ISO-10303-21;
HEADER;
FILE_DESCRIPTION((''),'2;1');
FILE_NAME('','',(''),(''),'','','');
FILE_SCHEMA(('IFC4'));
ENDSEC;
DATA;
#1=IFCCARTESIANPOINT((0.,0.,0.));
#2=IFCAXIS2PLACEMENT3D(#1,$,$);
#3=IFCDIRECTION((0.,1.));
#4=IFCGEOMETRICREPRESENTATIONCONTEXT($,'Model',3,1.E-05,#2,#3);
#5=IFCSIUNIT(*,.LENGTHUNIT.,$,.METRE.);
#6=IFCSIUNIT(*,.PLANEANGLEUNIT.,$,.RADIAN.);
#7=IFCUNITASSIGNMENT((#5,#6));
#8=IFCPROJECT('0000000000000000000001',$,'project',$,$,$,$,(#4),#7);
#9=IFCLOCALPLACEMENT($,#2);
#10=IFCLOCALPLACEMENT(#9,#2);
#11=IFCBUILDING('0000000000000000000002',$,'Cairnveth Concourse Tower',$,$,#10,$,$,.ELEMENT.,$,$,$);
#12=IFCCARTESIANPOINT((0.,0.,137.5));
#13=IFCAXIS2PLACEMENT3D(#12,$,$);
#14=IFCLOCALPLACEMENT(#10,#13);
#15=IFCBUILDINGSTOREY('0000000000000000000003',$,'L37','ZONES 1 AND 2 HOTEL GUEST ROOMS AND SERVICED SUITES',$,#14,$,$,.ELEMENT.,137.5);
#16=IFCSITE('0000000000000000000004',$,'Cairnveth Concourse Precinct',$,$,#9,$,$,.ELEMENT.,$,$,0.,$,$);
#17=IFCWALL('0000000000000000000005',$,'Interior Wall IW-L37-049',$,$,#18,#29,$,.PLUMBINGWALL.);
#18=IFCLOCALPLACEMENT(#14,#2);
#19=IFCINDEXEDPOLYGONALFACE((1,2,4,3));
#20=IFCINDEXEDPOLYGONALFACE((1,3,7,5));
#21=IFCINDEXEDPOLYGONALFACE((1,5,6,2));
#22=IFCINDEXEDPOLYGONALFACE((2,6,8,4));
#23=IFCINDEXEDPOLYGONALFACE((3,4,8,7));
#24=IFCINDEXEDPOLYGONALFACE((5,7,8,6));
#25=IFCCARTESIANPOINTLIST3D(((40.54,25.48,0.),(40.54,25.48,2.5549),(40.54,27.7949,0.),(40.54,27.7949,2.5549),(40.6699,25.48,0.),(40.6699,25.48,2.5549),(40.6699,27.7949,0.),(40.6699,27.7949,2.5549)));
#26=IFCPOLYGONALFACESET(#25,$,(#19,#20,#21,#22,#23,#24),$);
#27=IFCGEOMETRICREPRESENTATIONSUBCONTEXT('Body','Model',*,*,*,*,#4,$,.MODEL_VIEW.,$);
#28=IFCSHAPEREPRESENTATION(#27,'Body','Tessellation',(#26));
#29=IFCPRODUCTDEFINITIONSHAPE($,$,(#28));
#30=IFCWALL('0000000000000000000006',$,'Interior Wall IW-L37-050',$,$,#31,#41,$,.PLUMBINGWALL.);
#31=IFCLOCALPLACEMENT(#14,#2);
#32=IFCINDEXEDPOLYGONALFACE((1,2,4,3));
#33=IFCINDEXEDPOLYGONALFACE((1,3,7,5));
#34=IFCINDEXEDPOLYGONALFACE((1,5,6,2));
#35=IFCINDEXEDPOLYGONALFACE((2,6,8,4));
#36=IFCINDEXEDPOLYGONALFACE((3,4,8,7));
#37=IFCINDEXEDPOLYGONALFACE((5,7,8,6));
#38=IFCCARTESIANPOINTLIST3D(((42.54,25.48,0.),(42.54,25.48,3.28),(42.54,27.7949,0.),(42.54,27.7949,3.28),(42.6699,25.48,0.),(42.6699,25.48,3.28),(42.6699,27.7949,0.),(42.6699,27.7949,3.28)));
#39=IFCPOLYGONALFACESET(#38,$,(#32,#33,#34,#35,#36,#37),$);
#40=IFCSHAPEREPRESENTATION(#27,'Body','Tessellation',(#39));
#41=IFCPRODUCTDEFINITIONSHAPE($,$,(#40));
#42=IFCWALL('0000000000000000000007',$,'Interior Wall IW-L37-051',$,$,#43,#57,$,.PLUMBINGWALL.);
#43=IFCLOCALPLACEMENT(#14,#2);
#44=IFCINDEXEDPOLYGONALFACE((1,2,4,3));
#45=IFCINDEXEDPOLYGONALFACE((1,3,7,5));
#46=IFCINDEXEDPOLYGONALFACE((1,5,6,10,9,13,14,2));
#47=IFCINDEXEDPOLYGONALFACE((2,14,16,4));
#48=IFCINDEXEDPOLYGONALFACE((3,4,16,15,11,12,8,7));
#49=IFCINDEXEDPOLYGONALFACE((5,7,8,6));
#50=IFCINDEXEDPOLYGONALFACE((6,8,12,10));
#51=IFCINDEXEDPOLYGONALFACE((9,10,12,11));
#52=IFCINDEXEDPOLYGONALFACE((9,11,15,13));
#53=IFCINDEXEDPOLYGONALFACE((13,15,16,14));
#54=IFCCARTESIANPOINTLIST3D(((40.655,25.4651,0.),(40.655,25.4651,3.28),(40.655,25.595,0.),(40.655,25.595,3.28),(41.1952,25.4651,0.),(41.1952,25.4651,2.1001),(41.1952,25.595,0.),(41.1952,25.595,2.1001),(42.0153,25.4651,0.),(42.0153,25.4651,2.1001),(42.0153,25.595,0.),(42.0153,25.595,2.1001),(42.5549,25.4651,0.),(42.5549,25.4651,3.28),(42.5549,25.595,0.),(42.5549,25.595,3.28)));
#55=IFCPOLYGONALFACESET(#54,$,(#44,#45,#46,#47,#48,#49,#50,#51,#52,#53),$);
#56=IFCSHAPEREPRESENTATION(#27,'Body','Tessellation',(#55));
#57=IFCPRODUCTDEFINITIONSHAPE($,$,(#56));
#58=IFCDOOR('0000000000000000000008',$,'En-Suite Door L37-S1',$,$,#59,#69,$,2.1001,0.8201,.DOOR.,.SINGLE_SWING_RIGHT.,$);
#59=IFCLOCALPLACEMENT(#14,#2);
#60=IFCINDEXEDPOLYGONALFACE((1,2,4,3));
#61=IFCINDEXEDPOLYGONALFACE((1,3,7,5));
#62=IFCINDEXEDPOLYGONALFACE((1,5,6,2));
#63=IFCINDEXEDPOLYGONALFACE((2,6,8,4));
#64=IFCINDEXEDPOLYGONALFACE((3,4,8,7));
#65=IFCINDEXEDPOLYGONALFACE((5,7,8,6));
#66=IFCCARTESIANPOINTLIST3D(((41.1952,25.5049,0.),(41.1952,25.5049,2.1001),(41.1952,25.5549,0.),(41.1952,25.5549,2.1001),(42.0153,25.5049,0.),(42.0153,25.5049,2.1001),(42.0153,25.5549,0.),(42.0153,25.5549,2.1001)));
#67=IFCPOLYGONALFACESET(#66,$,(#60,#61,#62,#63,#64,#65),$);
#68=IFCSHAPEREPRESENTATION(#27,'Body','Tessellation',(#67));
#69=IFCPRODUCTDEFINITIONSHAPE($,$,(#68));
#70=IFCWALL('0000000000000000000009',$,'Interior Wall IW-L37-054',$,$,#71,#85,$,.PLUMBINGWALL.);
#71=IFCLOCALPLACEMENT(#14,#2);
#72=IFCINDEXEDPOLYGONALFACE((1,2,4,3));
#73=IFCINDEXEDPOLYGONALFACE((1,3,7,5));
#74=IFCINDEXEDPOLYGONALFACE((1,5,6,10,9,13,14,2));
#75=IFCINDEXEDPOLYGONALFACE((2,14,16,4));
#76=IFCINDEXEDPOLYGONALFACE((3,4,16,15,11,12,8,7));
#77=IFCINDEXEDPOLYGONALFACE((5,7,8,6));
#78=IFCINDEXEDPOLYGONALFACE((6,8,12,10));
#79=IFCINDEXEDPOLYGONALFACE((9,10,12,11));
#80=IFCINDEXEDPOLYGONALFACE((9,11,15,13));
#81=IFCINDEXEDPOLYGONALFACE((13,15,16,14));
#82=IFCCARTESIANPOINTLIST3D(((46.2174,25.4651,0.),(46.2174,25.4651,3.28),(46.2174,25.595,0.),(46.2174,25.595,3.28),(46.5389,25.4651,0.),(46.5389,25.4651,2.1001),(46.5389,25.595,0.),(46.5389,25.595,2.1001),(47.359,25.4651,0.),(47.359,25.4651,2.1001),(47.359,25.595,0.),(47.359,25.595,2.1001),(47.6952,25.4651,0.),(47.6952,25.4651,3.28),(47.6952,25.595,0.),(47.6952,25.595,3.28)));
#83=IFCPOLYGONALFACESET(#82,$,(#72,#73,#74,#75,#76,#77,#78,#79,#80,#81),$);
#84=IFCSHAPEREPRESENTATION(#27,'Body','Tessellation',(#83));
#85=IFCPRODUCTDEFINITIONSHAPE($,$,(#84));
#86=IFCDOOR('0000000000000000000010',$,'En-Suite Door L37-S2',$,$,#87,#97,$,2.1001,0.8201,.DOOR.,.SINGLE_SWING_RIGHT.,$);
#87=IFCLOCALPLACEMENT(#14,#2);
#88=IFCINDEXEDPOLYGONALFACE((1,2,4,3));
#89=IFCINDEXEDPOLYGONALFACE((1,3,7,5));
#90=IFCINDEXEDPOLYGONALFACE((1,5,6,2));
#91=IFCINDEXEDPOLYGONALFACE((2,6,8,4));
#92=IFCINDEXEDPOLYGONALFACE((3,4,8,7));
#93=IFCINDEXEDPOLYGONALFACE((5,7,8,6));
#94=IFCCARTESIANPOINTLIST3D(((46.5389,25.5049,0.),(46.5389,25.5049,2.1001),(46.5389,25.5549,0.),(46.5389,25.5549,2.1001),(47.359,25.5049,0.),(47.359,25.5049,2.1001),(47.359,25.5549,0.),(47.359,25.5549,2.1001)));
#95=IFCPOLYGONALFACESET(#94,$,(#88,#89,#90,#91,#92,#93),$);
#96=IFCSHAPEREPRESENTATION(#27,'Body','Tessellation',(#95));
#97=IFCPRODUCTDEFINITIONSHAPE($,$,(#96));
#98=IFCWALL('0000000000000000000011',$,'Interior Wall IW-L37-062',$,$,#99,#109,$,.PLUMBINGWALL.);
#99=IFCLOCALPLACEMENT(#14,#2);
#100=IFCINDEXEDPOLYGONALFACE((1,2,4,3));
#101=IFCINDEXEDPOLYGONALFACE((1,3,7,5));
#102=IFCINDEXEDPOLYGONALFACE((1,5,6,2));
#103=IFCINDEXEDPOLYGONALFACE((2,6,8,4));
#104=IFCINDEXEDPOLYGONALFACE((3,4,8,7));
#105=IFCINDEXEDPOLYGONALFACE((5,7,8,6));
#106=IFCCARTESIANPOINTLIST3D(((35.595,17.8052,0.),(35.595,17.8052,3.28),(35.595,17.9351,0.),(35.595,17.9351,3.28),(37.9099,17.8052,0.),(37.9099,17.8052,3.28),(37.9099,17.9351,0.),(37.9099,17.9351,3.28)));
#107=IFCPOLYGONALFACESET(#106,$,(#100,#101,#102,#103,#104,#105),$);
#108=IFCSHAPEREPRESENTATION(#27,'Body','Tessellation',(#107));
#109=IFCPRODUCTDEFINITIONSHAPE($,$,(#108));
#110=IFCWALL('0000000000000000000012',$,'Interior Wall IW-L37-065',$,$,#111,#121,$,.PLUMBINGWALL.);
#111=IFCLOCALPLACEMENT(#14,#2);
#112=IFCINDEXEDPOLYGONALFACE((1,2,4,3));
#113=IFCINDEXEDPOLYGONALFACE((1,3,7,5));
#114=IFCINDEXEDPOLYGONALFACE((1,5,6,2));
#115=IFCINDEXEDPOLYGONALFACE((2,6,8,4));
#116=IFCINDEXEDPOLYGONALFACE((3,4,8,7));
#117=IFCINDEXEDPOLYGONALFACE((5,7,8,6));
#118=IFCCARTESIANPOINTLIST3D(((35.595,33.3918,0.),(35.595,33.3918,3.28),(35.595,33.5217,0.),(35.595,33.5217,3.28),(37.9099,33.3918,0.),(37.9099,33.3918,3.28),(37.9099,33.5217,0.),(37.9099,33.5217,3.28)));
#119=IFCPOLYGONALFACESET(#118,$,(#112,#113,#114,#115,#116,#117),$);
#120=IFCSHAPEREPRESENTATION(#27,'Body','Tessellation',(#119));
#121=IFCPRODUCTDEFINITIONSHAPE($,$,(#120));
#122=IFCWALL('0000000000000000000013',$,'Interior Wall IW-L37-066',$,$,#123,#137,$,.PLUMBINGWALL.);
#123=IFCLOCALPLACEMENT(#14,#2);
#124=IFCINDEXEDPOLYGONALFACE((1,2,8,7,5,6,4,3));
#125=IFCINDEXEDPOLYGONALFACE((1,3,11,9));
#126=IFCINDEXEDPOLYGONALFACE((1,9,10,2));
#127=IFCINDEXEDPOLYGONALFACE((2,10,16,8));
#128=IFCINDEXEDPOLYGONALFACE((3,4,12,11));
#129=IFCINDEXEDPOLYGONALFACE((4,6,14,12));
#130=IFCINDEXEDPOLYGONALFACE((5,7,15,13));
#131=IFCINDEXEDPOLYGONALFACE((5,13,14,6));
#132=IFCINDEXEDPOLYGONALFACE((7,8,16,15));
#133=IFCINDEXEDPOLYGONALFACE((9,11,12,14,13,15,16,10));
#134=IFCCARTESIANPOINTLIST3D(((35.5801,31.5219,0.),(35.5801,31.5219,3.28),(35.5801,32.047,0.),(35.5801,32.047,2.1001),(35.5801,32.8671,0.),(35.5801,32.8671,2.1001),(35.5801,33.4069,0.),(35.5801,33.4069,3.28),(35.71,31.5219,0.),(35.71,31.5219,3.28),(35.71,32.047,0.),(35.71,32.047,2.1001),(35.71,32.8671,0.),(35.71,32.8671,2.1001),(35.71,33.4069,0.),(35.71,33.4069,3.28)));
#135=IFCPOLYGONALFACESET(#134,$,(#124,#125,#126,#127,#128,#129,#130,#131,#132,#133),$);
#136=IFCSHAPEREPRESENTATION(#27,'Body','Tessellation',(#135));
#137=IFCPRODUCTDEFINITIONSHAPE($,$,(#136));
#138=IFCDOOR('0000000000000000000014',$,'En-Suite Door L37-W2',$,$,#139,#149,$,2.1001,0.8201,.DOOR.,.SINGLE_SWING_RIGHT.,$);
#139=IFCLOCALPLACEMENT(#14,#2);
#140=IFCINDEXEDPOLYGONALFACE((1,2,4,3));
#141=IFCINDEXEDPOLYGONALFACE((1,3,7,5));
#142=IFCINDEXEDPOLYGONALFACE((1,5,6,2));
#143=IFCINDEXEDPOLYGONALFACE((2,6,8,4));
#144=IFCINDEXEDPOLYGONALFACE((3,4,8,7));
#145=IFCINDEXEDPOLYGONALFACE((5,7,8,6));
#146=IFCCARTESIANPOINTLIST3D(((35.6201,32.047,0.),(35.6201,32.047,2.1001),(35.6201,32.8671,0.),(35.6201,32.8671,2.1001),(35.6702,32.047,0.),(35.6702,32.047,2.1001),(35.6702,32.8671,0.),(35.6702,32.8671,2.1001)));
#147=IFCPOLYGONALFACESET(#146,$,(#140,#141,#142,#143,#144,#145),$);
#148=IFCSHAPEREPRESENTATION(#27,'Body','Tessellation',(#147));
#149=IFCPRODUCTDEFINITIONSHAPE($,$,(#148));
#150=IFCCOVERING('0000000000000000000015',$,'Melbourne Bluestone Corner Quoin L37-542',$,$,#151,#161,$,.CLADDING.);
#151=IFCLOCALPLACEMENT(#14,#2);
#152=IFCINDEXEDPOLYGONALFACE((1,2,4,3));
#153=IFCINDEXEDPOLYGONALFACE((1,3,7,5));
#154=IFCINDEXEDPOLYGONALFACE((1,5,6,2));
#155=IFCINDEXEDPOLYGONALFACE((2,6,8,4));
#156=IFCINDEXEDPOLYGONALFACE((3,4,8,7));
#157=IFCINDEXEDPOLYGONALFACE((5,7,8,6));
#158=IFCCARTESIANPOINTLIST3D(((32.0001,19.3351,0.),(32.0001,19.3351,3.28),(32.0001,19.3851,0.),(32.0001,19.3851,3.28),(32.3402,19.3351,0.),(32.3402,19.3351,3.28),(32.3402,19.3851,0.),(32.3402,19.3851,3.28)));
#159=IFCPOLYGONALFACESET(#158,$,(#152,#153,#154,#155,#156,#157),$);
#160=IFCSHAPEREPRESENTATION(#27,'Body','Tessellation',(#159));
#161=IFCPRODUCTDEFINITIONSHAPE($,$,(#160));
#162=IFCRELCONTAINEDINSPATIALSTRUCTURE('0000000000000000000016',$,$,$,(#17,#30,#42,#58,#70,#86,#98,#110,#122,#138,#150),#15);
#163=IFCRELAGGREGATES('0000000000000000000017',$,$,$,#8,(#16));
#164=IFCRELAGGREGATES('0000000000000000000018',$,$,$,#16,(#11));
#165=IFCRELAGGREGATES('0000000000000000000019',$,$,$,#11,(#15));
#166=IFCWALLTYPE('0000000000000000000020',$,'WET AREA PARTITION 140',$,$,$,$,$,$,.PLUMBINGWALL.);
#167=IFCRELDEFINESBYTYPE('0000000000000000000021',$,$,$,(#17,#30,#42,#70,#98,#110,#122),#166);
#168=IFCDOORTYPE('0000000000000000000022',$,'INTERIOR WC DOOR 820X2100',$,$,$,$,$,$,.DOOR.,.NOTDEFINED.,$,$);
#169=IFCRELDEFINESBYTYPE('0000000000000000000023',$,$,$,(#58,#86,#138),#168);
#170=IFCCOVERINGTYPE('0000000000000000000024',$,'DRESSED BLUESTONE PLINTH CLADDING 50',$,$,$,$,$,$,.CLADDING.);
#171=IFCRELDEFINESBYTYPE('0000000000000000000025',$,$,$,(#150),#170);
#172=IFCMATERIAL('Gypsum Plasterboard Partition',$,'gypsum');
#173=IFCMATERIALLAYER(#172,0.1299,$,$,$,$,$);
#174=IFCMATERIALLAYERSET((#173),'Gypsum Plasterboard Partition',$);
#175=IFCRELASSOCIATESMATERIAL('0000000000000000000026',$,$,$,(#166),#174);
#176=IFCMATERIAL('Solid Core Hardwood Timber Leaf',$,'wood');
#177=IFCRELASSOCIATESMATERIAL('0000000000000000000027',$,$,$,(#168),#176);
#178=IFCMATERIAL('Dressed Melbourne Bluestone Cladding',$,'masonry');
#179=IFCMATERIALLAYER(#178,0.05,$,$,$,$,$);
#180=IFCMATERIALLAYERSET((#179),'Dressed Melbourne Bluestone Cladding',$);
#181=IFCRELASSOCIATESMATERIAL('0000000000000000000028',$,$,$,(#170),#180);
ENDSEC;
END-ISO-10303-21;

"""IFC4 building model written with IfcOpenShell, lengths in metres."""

from ifc_helpers import new_model, si_unit, direction, frame, frame_2d, origin, place, context, subcontext, project, spatial, rectangle, extrude, material, layer, layer_set, type_object, element, fill, save


model = new_model("IFC4")

# Units and contexts
model_context = context("Model", 3, precision=1e-05, world=origin(), true_north=direction((0.0, 1.0)))
body_context = subcontext(model_context, "Body", "Model", "MODEL_VIEW")
ifc_project = project(units=[si_unit("LENGTHUNIT", "METRE"), si_unit("PLANEANGLEUNIT", "RADIAN")], contexts=[model_context])

# Site, building, storey
site_placement = place(None, origin())
site = spatial("IfcSite", under=ifc_project, at=site_placement, Name="Cairnveth Concourse Precinct", CompositionType="ELEMENT", RefElevation=0.0)
building_placement = place(site_placement, origin())
building = spatial("IfcBuilding", under=site, at=building_placement, Name="Cairnveth Concourse Tower", CompositionType="ELEMENT")
storey_placement = place(building_placement, frame((0.0, 0.0, 137.5)))
storey = spatial("IfcBuildingStorey", under=building, at=storey_placement, Name="L37", Description="ZONES 1 AND 2 HOTEL GUEST ROOMS AND SERVICED SUITES", CompositionType="ELEMENT", Elevation=137.5)

# Shared definitions
ifc_material_1 = material(Name="Gypsum Plasterboard Partition", Category="gypsum")

# Shared definitions
ifc_material_2 = material(Name="Solid Core Hardwood Timber Leaf", Category="wood")

# Walls
ifc_layer_1 = layer(ifc_material_1, 0.1299)
ifc_layer_set_1 = layer_set([ifc_layer_1], Name="Gypsum Plasterboard Partition")
wall_type_1 = type_object("IfcWallType", Name="WET AREA PARTITION 140", PredefinedType="PLUMBINGWALL", material=ifc_layer_set_1)
wall_1_placement = place(storey_placement, frame((40.605, 25.48, 0.0), z_axis=(0.0, 0.0, 1.0), x_axis=(0.0, 1.0, 0.0)))
element("IfcWall", 1, at=wall_1_placement, inside=storey, type_object=wall_type_1, Name="Interior Wall IW-L37-049", PredefinedType="PLUMBINGWALL", context=body_context, shape_type="SweptSolid", body=[
    extrude(rectangle(XDim=2.3149, YDim=0.1299, at=frame_2d((1.1575, 0.0))), origin(), (0.0, 0.0, 1.0), 2.5549),
])
wall_2_placement = place(storey_placement, frame((42.605, 25.48, 0.0), z_axis=(0.0, 0.0, 1.0), x_axis=(0.0, 1.0, 0.0)))
element("IfcWall", 2, at=wall_2_placement, inside=storey, type_object=wall_type_1, Name="Interior Wall IW-L37-050", PredefinedType="PLUMBINGWALL", context=body_context, shape_type="SweptSolid", body=[
    extrude(rectangle(XDim=2.3149, YDim=0.1299, at=frame_2d((1.1575, 0.0))), origin(), (0.0, 0.0, 1.0), 3.28),
])

# Walls, openings, doors
wall_3_placement = place(storey_placement, frame((40.655, 25.53, 0.0), z_axis=(0.0, 0.0, 1.0), x_axis=(1.0, 0.0, 0.0)))
wall_3 = element("IfcWall", 3, at=wall_3_placement, inside=storey, type_object=wall_type_1, Name="Interior Wall IW-L37-051", PredefinedType="PLUMBINGWALL", context=body_context, shape_type="SweptSolid", body=[
    extrude(rectangle(XDim=1.8999, YDim=0.1299, at=frame_2d((0.95, 0.0))), origin(), (0.0, 0.0, 1.0), 3.28),
])
opening_1_placement = place(wall_3_placement, frame((0.54, 0.0, 0.0)))
opening_1 = element("IfcOpeningElement", 4, at=opening_1_placement, cuts=wall_3, PredefinedType="OPENING", context=body_context, shape_type="SweptSolid", body=[
    extrude(rectangle(XDim=0.8201, YDim=2.1001, at=frame_2d((0.4102, 1.05))), frame((0.0, 0.075, 0.0), z_axis=(0.0, -1.0, 0.0), x_axis=(1.0, 0.0, 0.0)), (0.0, 0.0, 1.0), 0.1499),
])
door_type_1 = type_object("IfcDoorType", Name="INTERIOR WC DOOR 820X2100", OperationType="NOTDEFINED", PredefinedType="DOOR", material=ifc_material_2)
door_1_placement = place(opening_1_placement, origin())
door_1 = element("IfcDoor", 5, at=door_1_placement, inside=storey, type_object=door_type_1, Name="En-Suite Door L37-S1", OperationType="SINGLE_SWING_RIGHT", OverallHeight=2.1001, OverallWidth=0.8201, PredefinedType="DOOR", context=body_context, shape_type="SweptSolid", body=[
    extrude(rectangle(XDim=0.8201, YDim=2.1001, at=frame_2d((0.4102, 1.05))), frame((0.0, 0.0249, 0.0), z_axis=(0.0, -1.0, 0.0), x_axis=(1.0, 0.0, 0.0)), (0.0, 0.0, 1.0), 0.05),
])
fill(opening_1, door_1)
wall_4_placement = place(storey_placement, frame((46.2175, 25.53, 0.0), z_axis=(0.0, 0.0, 1.0), x_axis=(1.0, 0.0, 0.0)))
wall_4 = element("IfcWall", 6, at=wall_4_placement, inside=storey, type_object=wall_type_1, Name="Interior Wall IW-L37-054", PredefinedType="PLUMBINGWALL", context=body_context, shape_type="SweptSolid", body=[
    extrude(rectangle(XDim=1.4778, YDim=0.1299, at=frame_2d((0.7388, 0.0))), origin(), (0.0, 0.0, 1.0), 3.28),
])
opening_2_placement = place(wall_4_placement, frame((0.3213, 0.0, 0.0)))
opening_2 = element("IfcOpeningElement", 7, at=opening_2_placement, cuts=wall_4, PredefinedType="OPENING", context=body_context, shape_type="SweptSolid", body=[
    extrude(rectangle(XDim=0.8201, YDim=2.1001, at=frame_2d((0.4102, 1.05))), frame((0.0, 0.075, 0.0), z_axis=(0.0, -1.0, 0.0), x_axis=(1.0, 0.0, 0.0)), (0.0, 0.0, 1.0), 0.1499),
])
door_2_placement = place(opening_2_placement, origin())
door_2 = element("IfcDoor", 8, at=door_2_placement, inside=storey, type_object=door_type_1, Name="En-Suite Door L37-S2", OperationType="SINGLE_SWING_RIGHT", OverallHeight=2.1001, OverallWidth=0.8201, PredefinedType="DOOR", context=body_context, shape_type="SweptSolid", body=[
    extrude(rectangle(XDim=0.8201, YDim=2.1001, at=frame_2d((0.4102, 1.05))), frame((0.0, 0.0249, 0.0), z_axis=(0.0, -1.0, 0.0), x_axis=(1.0, 0.0, 0.0)), (0.0, 0.0, 1.0), 0.05),
])
fill(opening_2, door_2)

# Walls
for number, where, z_axis, x_axis, name in (
    (9, (35.595, 17.8701, 0.0), (0.0, 0.0, 1.0), (1.0, 0.0, 0.0), "Interior Wall IW-L37-062"),
    (10, (35.595, 33.4568, 0.0), (0.0, 0.0, 1.0), (1.0, 0.0, 0.0), "Interior Wall IW-L37-065"),
):
    element("IfcWall", number, at=place(storey_placement, frame(where, z_axis=z_axis, x_axis=x_axis)), inside=storey, type_object=wall_type_1, Name=name, PredefinedType="PLUMBINGWALL", context=body_context, shape_type="SweptSolid", body=[
        extrude(rectangle(XDim=2.3149, YDim=0.1299, at=frame_2d((1.1575, 0.0))), origin(), (0.0, 0.0, 1.0), 3.28),
    ])

# Wall, opening, door
wall_5_placement = place(storey_placement, frame((35.645, 31.522, 0.0), z_axis=(0.0, 0.0, 1.0), x_axis=(0.0, 1.0, 0.0)))
wall_5 = element("IfcWall", 11, at=wall_5_placement, inside=storey, type_object=wall_type_1, Name="Interior Wall IW-L37-066", PredefinedType="PLUMBINGWALL", context=body_context, shape_type="SweptSolid", body=[
    extrude(rectangle(XDim=1.885, YDim=0.1299, at=frame_2d((0.9424, 0.0))), origin(), (0.0, 0.0, 1.0), 3.28),
])
opening_3_placement = place(wall_5_placement, frame((0.5249, 0.0, 0.0)))
opening_3 = element("IfcOpeningElement", 12, at=opening_3_placement, cuts=wall_5, PredefinedType="OPENING", context=body_context, shape_type="SweptSolid", body=[
    extrude(rectangle(XDim=0.8201, YDim=2.1001, at=frame_2d((0.4102, 1.05))), frame((0.0, 0.075, 0.0), z_axis=(0.0, -1.0, 0.0), x_axis=(1.0, 0.0, 0.0)), (0.0, 0.0, 1.0), 0.1499),
])
door_3_placement = place(opening_3_placement, origin())
door_3 = element("IfcDoor", 13, at=door_3_placement, inside=storey, type_object=door_type_1, Name="En-Suite Door L37-W2", OperationType="SINGLE_SWING_RIGHT", OverallHeight=2.1001, OverallWidth=0.8201, PredefinedType="DOOR", context=body_context, shape_type="SweptSolid", body=[
    extrude(rectangle(XDim=0.8201, YDim=2.1001, at=frame_2d((0.4102, 1.05))), frame((0.0, 0.0249, 0.0), z_axis=(0.0, -1.0, 0.0), x_axis=(1.0, 0.0, 0.0)), (0.0, 0.0, 1.0), 0.05),
])
fill(opening_3, door_3)

# Covering
ifc_material_3 = material(Name="Dressed Melbourne Bluestone Cladding", Category="masonry")
ifc_layer_2 = layer(ifc_material_3, 0.05)
ifc_layer_set_2 = layer_set([ifc_layer_2], Name="Dressed Melbourne Bluestone Cladding")
covering_type = type_object("IfcCoveringType", Name="DRESSED BLUESTONE PLINTH CLADDING 50", PredefinedType="CLADDING", material=ifc_layer_set_2)
covering_placement = place(storey_placement, frame((32.3401, 19.3601, 0.0), z_axis=(0.0, 0.0, 1.0), x_axis=(-1.0, 0.0, 0.0)))
element("IfcCovering", 14, at=covering_placement, inside=storey, type_object=covering_type, Name="Melbourne Bluestone Corner Quoin L37-542", PredefinedType="CLADDING", context=body_context, shape_type="SweptSolid", body=[
    extrude(rectangle(XDim=0.3401, YDim=0.05, at=frame_2d((0.1699, 0.0))), origin(), (0.0, 0.0, 1.0), 3.28),
])

save(model, "model.ifc")
